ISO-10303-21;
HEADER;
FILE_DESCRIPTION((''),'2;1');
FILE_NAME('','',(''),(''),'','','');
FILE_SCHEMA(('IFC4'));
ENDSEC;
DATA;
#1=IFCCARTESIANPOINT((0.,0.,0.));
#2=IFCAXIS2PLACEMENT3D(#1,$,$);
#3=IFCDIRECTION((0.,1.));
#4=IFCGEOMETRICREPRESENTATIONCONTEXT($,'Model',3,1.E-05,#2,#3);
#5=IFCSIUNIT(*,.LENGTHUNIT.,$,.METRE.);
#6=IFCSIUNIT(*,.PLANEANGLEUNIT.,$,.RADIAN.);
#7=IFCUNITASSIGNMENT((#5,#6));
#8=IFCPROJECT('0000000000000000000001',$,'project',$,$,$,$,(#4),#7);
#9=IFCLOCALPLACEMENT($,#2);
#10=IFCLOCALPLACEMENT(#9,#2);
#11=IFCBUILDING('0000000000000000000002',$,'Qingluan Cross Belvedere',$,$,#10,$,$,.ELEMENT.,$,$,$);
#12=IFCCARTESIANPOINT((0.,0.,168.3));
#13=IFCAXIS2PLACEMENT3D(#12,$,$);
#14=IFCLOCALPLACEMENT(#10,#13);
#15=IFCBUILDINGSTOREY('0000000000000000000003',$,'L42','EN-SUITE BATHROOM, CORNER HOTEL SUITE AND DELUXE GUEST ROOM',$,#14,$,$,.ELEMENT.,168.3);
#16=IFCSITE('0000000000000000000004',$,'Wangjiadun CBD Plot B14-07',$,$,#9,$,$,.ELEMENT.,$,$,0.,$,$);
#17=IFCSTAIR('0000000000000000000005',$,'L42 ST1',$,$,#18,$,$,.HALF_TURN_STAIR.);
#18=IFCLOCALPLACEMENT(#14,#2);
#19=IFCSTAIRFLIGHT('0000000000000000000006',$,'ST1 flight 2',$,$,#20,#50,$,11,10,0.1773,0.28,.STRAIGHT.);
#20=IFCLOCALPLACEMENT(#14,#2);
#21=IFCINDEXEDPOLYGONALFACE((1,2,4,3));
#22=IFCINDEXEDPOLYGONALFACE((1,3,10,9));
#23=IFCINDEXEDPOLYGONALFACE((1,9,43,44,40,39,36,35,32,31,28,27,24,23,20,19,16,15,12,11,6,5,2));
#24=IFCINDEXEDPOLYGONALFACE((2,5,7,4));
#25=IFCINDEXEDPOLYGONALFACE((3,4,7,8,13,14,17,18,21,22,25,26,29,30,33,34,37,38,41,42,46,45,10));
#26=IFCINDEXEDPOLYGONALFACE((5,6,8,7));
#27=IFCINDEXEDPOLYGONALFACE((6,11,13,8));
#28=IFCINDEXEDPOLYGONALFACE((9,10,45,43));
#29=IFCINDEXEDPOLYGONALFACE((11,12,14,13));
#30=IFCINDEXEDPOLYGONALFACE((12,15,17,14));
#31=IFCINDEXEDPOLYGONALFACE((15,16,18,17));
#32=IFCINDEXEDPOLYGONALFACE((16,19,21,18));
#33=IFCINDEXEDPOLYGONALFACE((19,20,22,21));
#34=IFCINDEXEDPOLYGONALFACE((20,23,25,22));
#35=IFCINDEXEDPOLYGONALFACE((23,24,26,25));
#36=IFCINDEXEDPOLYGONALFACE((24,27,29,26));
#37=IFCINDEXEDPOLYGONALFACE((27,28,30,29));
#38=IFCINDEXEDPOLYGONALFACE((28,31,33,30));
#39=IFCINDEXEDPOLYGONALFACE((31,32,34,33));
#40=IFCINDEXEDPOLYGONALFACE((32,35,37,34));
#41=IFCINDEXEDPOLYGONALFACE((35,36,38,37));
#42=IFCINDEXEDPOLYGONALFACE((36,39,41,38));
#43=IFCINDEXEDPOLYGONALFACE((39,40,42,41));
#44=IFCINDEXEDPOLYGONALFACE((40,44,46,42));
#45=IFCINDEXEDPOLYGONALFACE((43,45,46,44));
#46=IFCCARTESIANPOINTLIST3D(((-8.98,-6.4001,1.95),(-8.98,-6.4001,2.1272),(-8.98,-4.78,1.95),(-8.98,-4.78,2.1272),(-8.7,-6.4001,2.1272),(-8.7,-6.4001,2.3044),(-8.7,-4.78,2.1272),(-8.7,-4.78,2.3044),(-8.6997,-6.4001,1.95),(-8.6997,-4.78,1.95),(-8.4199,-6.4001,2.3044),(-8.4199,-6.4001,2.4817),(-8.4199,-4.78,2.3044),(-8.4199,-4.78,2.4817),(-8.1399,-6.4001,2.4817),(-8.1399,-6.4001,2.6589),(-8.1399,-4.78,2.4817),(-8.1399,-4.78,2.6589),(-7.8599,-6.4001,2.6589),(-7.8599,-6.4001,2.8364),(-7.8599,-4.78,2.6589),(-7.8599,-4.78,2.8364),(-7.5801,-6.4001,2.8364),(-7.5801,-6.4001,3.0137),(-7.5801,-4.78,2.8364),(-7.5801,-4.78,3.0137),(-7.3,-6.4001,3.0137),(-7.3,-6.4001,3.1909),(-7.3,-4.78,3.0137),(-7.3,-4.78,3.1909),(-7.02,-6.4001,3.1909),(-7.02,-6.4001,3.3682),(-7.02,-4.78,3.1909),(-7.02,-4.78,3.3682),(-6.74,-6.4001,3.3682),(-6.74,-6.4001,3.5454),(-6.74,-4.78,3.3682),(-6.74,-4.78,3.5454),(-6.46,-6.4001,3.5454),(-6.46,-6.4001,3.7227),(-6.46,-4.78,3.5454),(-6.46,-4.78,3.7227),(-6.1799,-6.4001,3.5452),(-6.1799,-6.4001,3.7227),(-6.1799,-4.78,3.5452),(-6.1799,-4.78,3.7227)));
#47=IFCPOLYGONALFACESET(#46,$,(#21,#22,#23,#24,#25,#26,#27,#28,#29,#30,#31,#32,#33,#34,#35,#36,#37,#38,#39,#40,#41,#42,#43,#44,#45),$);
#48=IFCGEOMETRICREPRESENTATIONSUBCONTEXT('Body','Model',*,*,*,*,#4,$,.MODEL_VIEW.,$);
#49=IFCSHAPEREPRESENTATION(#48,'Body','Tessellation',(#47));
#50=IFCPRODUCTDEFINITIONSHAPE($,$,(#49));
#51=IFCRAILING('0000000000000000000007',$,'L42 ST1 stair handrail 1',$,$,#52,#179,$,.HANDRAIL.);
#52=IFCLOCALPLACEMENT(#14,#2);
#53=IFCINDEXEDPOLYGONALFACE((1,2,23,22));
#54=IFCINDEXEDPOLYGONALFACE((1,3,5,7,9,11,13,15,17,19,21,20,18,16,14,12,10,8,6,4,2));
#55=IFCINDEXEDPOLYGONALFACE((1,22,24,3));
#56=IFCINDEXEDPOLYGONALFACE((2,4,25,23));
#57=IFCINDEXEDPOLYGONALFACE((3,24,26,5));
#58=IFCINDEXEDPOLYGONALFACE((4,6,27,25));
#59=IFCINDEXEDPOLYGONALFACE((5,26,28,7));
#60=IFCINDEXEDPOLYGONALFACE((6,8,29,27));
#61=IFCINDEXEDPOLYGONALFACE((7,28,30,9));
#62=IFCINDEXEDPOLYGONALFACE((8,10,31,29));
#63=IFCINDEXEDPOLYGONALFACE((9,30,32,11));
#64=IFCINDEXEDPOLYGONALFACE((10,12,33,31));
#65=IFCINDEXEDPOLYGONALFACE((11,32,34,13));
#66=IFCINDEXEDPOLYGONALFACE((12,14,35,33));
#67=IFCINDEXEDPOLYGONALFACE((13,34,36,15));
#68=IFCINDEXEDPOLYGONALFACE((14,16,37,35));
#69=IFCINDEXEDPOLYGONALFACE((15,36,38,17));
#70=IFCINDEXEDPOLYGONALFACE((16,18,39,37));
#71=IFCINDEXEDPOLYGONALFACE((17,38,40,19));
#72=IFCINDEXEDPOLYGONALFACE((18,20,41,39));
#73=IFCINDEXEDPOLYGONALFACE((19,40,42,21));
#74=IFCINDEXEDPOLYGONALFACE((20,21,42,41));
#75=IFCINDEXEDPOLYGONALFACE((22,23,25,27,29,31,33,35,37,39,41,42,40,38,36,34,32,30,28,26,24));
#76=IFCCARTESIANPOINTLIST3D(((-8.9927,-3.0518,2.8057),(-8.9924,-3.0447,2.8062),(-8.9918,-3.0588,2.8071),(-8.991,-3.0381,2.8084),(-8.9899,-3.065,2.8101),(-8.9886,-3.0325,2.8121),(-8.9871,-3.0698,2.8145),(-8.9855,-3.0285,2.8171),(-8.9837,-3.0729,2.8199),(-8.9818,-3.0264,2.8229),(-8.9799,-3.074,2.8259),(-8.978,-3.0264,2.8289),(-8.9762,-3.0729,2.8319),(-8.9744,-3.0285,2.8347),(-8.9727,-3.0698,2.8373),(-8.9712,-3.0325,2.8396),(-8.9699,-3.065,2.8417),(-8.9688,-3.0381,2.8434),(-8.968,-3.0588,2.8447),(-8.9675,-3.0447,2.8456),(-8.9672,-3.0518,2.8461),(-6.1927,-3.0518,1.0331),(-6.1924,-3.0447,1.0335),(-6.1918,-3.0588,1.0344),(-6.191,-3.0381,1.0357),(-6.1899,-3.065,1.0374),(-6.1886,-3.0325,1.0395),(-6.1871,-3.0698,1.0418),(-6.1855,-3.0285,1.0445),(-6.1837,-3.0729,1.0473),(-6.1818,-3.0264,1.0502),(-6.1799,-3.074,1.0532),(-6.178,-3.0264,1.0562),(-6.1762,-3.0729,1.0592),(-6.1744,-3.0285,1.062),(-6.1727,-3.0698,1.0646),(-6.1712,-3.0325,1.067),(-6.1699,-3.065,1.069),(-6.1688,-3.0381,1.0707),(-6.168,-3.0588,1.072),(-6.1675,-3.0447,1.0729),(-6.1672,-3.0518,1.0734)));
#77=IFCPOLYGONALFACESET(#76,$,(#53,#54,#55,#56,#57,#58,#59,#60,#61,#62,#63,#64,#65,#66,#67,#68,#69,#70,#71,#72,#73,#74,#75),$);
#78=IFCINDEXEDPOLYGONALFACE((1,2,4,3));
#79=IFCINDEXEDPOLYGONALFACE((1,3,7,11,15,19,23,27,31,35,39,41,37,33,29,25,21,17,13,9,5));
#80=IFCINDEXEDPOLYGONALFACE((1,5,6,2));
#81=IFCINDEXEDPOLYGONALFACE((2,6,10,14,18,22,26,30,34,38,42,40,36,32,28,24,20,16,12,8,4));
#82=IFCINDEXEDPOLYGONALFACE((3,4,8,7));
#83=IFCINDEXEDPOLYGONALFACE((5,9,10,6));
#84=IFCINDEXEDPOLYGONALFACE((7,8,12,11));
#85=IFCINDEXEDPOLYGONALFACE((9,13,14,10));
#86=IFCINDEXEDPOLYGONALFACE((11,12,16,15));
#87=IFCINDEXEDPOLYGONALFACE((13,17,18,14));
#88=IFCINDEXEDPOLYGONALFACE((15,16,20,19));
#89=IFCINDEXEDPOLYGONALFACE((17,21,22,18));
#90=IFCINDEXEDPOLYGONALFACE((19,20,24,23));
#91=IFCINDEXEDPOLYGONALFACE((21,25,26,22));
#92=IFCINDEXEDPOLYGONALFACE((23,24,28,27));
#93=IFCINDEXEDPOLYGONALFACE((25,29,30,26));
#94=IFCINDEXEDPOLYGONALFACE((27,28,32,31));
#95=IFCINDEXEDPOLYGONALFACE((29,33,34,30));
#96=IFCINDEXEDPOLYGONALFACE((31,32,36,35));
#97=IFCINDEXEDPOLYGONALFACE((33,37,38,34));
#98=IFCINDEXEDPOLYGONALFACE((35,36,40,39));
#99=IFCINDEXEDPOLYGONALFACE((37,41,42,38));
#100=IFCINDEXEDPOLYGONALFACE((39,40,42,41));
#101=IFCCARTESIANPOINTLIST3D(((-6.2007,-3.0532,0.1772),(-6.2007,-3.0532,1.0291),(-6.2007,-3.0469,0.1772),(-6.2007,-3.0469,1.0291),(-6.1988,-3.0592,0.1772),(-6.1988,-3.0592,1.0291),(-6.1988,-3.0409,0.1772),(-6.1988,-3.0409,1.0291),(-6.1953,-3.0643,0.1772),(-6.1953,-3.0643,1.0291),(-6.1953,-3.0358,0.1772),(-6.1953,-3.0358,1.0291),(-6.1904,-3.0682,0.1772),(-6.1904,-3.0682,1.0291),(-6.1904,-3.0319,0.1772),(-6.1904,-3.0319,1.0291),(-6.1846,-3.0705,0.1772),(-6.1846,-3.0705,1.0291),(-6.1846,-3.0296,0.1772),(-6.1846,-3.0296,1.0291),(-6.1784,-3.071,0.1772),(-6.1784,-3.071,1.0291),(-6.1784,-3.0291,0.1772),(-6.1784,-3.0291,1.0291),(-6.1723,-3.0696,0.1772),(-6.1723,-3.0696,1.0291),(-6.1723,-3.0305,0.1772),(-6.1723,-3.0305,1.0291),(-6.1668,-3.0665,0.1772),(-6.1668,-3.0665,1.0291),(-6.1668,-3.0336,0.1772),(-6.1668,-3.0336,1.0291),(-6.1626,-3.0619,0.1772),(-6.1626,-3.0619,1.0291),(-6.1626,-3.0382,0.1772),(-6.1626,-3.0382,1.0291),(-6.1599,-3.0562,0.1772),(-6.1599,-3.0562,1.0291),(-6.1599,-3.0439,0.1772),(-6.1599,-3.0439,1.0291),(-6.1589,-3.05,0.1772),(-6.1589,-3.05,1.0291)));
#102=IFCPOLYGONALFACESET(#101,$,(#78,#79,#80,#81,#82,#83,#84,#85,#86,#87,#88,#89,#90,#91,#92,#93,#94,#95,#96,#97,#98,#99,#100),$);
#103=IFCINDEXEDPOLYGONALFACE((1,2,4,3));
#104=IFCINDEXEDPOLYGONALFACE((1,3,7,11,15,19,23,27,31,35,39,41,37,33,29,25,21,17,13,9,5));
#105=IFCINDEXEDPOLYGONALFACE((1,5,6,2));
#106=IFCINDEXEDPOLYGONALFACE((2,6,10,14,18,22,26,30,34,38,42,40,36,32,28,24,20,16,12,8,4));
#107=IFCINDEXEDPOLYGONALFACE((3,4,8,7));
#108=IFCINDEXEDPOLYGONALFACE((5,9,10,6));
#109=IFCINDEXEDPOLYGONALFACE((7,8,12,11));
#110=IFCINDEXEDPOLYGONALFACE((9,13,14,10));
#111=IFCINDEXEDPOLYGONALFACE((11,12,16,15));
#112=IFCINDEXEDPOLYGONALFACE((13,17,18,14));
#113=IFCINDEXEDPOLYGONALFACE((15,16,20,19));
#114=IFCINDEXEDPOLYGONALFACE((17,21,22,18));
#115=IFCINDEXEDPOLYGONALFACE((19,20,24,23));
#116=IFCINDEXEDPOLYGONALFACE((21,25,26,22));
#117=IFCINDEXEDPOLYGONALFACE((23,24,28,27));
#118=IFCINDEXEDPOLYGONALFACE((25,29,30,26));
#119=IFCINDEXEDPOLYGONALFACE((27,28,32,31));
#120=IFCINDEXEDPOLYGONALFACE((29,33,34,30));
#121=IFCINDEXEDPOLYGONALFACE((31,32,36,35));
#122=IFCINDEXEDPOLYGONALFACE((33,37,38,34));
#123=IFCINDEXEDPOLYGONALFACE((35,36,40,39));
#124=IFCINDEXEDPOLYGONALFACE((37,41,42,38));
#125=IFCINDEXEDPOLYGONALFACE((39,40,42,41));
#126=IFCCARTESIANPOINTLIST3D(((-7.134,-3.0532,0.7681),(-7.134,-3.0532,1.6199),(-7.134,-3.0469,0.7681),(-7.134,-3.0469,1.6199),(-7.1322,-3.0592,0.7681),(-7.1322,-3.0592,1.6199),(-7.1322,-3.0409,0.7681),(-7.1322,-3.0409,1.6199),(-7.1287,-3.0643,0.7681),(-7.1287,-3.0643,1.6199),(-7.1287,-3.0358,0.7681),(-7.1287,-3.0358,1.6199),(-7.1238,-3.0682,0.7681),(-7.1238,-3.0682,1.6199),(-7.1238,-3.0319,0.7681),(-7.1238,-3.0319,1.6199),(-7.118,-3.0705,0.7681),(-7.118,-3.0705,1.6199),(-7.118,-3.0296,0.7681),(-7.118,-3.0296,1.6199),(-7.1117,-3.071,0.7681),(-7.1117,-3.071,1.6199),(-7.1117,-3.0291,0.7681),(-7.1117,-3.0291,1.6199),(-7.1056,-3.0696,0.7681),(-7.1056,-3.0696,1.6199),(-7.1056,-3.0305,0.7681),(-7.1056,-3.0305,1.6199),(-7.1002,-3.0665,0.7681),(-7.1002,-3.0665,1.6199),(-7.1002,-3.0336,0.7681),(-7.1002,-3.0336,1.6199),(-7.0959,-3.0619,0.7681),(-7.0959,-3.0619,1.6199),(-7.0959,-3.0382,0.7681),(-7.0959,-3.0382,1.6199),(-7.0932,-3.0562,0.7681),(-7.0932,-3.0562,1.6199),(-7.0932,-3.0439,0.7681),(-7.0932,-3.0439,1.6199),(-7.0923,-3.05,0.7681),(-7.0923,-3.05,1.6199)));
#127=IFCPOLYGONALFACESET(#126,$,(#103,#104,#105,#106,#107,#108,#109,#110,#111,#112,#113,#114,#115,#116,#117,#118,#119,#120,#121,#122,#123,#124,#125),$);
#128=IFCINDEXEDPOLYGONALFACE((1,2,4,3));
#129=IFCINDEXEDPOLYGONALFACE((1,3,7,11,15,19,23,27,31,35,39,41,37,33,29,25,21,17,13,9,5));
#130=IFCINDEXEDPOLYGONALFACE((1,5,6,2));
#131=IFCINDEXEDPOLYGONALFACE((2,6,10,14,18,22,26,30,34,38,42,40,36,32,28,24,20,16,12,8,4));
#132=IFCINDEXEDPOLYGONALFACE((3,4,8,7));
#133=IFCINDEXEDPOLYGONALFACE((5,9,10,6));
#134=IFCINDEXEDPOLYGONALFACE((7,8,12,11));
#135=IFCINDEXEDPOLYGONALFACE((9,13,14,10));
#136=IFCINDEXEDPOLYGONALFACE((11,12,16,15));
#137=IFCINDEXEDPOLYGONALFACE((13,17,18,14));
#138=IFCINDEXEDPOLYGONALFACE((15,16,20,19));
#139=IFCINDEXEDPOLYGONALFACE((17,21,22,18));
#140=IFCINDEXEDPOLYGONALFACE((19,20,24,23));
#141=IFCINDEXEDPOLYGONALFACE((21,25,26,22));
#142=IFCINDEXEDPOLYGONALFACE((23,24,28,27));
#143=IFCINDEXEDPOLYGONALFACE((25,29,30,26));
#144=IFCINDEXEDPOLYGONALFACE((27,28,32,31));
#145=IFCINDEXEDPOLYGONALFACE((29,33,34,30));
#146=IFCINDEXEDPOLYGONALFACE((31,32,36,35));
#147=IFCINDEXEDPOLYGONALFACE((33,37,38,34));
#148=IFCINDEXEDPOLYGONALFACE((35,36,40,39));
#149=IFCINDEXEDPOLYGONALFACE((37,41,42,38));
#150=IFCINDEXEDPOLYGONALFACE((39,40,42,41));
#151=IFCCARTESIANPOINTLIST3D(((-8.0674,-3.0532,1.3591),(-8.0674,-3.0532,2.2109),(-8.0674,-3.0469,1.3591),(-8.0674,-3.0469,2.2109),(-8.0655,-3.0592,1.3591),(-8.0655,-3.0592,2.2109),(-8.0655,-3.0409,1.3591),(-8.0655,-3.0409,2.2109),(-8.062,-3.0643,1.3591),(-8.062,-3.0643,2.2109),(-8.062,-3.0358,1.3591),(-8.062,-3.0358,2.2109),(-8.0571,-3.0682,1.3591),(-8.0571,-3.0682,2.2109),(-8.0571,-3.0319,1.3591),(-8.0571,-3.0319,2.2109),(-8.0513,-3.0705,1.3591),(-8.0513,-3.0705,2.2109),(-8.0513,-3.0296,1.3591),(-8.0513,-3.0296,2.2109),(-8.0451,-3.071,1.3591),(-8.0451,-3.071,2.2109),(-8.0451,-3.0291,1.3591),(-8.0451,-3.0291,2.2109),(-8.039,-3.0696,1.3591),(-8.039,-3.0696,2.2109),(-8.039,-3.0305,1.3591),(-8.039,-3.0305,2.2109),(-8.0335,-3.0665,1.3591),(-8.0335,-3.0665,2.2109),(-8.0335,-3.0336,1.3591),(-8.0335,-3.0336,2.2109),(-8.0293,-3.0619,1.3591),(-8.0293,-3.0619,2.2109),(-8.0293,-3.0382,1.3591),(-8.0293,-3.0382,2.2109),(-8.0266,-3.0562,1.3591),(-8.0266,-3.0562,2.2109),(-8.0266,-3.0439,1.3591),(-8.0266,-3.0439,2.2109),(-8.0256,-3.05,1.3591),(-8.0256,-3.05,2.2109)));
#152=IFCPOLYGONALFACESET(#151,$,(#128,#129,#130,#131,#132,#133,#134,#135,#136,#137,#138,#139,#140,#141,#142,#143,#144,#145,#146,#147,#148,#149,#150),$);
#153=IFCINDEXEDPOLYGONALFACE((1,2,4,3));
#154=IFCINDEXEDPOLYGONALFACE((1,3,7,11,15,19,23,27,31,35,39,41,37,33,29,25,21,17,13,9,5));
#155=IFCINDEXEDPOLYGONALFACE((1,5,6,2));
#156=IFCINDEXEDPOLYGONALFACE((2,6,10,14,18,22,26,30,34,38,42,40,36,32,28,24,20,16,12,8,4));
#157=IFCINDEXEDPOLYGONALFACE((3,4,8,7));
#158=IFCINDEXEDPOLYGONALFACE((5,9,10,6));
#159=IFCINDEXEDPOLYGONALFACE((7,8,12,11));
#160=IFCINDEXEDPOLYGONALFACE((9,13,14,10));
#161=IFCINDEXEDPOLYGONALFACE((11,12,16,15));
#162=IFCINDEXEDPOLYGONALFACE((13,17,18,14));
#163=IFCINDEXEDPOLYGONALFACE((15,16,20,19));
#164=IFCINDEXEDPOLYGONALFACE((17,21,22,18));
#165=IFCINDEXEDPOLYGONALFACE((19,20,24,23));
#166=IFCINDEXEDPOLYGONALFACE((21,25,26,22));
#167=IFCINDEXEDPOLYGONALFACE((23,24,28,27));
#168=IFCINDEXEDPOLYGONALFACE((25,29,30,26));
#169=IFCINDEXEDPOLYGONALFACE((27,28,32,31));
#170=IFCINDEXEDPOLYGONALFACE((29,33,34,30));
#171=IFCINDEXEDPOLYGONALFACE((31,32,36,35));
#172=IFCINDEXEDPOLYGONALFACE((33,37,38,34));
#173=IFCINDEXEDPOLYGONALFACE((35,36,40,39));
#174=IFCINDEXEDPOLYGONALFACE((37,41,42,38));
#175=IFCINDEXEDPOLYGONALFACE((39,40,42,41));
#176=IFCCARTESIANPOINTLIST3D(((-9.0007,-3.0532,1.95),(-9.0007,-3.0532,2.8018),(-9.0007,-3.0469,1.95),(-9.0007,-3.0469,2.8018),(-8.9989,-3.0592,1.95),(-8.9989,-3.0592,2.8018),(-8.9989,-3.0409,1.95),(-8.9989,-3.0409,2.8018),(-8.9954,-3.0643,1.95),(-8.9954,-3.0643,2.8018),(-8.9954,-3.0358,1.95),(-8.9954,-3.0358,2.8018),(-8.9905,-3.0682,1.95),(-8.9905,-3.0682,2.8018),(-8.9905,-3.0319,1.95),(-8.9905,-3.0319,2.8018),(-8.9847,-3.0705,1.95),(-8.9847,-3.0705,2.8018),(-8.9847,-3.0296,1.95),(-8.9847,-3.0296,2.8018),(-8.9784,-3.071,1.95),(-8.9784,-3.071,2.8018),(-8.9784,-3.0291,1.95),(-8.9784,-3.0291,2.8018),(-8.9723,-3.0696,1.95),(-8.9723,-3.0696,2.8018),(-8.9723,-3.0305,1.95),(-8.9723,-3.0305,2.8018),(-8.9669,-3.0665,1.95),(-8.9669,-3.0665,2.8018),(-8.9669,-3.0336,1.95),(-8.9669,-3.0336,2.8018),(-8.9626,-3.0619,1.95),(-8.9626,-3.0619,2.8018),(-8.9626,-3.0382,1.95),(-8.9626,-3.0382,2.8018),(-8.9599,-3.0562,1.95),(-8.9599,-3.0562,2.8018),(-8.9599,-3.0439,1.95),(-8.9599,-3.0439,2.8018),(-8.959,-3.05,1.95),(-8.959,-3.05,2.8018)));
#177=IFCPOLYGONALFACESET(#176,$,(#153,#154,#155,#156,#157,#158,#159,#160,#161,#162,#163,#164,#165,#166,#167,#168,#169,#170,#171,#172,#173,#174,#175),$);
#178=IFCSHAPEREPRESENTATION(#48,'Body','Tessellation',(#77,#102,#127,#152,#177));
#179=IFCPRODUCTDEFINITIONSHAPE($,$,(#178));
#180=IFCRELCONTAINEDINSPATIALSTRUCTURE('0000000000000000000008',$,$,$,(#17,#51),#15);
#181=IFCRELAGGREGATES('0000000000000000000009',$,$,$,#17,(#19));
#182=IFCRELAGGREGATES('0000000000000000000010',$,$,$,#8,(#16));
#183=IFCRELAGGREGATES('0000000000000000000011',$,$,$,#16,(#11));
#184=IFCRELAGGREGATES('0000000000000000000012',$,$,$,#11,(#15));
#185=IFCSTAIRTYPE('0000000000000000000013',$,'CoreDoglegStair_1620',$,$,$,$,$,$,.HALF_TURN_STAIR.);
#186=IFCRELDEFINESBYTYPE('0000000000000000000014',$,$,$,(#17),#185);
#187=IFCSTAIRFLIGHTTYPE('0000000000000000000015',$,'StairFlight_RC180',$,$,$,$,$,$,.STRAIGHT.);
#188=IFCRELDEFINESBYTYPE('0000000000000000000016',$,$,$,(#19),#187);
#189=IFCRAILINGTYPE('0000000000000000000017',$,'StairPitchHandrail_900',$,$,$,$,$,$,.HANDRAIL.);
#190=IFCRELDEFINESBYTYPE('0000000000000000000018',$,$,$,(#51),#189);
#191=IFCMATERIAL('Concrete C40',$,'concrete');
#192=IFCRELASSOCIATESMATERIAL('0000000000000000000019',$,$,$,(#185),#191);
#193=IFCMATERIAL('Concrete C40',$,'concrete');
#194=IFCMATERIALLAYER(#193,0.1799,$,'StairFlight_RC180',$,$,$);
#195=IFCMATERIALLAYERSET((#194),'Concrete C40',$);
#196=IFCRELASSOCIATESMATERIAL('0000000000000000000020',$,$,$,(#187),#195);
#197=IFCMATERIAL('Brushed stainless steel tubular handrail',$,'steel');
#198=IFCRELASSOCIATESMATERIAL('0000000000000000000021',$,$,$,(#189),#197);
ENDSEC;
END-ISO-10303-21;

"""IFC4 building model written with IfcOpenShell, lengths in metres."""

from ifc_helpers import new_model, si_unit, direction, frame, origin, origin_2d, place, context, subcontext, project, spatial, polyline, circle, outline, extrude, material, layer, layer_set, type_object, element, aggregate, save


model = new_model("IFC4")

# Units and contexts
model_context = context("Model", 3, precision=1e-05, world=origin(), true_north=direction((0.0, 1.0)))
body_context = subcontext(model_context, "Body", "Model", "MODEL_VIEW")
ifc_project = project(units=[si_unit("LENGTHUNIT", "METRE"), si_unit("PLANEANGLEUNIT", "RADIAN")], contexts=[model_context])

# Site, building, storey
site_placement = place(None, origin())
site = spatial("IfcSite", under=ifc_project, at=site_placement, Name="Wangjiadun CBD Plot B14-07", CompositionType="ELEMENT", RefElevation=0.0)
building_placement = place(site_placement, origin())
building = spatial("IfcBuilding", under=site, at=building_placement, Name="Qingluan Cross Belvedere", CompositionType="ELEMENT")
storey_placement = place(building_placement, frame((0.0, 0.0, 168.3)))
storey = spatial("IfcBuildingStorey", under=building, at=storey_placement, Name="L42", Description="EN-SUITE BATHROOM, CORNER HOTEL SUITE AND DELUXE GUEST ROOM", CompositionType="ELEMENT", Elevation=168.3)

# Stair, stair flight
ifc_material_1 = material(Name="Concrete C40", Category="concrete")
stair_type = type_object("IfcStairType", Name="CoreDoglegStair_1620", PredefinedType="HALF_TURN_STAIR", material=ifc_material_1)
stair_placement = place(storey_placement, origin())
stair = element("IfcStair", 1, at=stair_placement, inside=storey, type_object=stair_type, Name="L42 ST1", PredefinedType="HALF_TURN_STAIR")
ifc_material_2 = material(Name="Concrete C40", Category="concrete")
ifc_layer_1 = layer(ifc_material_2, 0.1799, Name="StairFlight_RC180")
ifc_layer_set_1 = layer_set([ifc_layer_1], Name="Concrete C40")
stair_flight_type = type_object("IfcStairFlightType", Name="StairFlight_RC180", PredefinedType="STRAIGHT", material=ifc_layer_set_1)
stair_flight_1_placement = place(storey_placement, frame((-8.98, -5.5901, 1.95), z_axis=(0.0, 0.0, 1.0), x_axis=(1.0, 0.0, 0.0)))
stair_flight_1 = element("IfcStairFlight", 2, at=stair_flight_1_placement, type_object=stair_flight_type, Name="ST1 flight 2", NumberOfRisers=11, NumberOfTreads=10, PredefinedType="STRAIGHT", RiserHeight=0.1773, TreadLength=0.28, context=body_context, shape_type="SweptSolid", body=[
    extrude(outline(polyline([(0.0, 0.0), (0.0, 0.1772), (0.28, 0.1772), (0.28, 0.3545), (0.5601, 0.3545), (0.5601, 0.5317), (0.8401, 0.5317), (0.8401, 0.709), (1.1201, 0.709), (1.1201, 0.8865), (1.3999, 0.8865), (1.3999, 1.0637), (1.6799, 1.0637), (1.6799, 1.241), (1.96, 1.241), (1.96, 1.4182), (2.24, 1.4182), (2.24, 1.5955), (2.52, 1.5955), (2.52, 1.7727), (2.8, 1.7727), (2.8, 1.95), (2.8, 1.5952), (0.2803, 0.0), (0.0, 0.0)])), frame((0.0, 0.8101, 0.0), z_axis=(0.0, -1.0, 0.0), x_axis=(1.0, 0.0, 0.0)), (0.0, 0.0, 1.0), 1.6201),
])
aggregate(stair, [stair_flight_1])

# Railing
ifc_material_3 = material(Name="Brushed stainless steel tubular handrail", Category="steel")
railing_type_1 = type_object("IfcRailingType", Name="StairPitchHandrail_900", PredefinedType="HANDRAIL", material=ifc_material_3)
railing_1_placement = place(storey_placement, frame((-6.1799, -3.05, 0.1772)))
element("IfcRailing", 3, at=railing_1_placement, inside=storey, type_object=railing_type_1, Name="L42 ST1 stair handrail 1", PredefinedType="HANDRAIL", context=body_context, shape_type="SweptSolid", body=[
    extrude(circle(Radius=0.0239, at=origin_2d()), frame((0.0, 0.0, 0.876), z_axis=(-0.844909, 0.0, 0.53491), x_axis=(0.0, -1.0, 0.0)), (0.0, 0.0, 1.0), 3.314),
    extrude(circle(Radius=0.021, at=origin_2d()), origin(), (0.0, 0.0, 1.0), 0.8518),
    extrude(circle(Radius=0.021, at=origin_2d()), frame((-0.9333, 0.0, 0.5908)), (0.0, 0.0, 1.0), 0.8518),
    extrude(circle(Radius=0.021, at=origin_2d()), frame((-1.8667, 0.0, 1.1819)), (0.0, 0.0, 1.0), 0.8518),
    extrude(circle(Radius=0.021, at=origin_2d()), frame((-2.8, 0.0, 1.7727)), (0.0, 0.0, 1.0), 0.8518),
])

save(model, "model.ifc")
